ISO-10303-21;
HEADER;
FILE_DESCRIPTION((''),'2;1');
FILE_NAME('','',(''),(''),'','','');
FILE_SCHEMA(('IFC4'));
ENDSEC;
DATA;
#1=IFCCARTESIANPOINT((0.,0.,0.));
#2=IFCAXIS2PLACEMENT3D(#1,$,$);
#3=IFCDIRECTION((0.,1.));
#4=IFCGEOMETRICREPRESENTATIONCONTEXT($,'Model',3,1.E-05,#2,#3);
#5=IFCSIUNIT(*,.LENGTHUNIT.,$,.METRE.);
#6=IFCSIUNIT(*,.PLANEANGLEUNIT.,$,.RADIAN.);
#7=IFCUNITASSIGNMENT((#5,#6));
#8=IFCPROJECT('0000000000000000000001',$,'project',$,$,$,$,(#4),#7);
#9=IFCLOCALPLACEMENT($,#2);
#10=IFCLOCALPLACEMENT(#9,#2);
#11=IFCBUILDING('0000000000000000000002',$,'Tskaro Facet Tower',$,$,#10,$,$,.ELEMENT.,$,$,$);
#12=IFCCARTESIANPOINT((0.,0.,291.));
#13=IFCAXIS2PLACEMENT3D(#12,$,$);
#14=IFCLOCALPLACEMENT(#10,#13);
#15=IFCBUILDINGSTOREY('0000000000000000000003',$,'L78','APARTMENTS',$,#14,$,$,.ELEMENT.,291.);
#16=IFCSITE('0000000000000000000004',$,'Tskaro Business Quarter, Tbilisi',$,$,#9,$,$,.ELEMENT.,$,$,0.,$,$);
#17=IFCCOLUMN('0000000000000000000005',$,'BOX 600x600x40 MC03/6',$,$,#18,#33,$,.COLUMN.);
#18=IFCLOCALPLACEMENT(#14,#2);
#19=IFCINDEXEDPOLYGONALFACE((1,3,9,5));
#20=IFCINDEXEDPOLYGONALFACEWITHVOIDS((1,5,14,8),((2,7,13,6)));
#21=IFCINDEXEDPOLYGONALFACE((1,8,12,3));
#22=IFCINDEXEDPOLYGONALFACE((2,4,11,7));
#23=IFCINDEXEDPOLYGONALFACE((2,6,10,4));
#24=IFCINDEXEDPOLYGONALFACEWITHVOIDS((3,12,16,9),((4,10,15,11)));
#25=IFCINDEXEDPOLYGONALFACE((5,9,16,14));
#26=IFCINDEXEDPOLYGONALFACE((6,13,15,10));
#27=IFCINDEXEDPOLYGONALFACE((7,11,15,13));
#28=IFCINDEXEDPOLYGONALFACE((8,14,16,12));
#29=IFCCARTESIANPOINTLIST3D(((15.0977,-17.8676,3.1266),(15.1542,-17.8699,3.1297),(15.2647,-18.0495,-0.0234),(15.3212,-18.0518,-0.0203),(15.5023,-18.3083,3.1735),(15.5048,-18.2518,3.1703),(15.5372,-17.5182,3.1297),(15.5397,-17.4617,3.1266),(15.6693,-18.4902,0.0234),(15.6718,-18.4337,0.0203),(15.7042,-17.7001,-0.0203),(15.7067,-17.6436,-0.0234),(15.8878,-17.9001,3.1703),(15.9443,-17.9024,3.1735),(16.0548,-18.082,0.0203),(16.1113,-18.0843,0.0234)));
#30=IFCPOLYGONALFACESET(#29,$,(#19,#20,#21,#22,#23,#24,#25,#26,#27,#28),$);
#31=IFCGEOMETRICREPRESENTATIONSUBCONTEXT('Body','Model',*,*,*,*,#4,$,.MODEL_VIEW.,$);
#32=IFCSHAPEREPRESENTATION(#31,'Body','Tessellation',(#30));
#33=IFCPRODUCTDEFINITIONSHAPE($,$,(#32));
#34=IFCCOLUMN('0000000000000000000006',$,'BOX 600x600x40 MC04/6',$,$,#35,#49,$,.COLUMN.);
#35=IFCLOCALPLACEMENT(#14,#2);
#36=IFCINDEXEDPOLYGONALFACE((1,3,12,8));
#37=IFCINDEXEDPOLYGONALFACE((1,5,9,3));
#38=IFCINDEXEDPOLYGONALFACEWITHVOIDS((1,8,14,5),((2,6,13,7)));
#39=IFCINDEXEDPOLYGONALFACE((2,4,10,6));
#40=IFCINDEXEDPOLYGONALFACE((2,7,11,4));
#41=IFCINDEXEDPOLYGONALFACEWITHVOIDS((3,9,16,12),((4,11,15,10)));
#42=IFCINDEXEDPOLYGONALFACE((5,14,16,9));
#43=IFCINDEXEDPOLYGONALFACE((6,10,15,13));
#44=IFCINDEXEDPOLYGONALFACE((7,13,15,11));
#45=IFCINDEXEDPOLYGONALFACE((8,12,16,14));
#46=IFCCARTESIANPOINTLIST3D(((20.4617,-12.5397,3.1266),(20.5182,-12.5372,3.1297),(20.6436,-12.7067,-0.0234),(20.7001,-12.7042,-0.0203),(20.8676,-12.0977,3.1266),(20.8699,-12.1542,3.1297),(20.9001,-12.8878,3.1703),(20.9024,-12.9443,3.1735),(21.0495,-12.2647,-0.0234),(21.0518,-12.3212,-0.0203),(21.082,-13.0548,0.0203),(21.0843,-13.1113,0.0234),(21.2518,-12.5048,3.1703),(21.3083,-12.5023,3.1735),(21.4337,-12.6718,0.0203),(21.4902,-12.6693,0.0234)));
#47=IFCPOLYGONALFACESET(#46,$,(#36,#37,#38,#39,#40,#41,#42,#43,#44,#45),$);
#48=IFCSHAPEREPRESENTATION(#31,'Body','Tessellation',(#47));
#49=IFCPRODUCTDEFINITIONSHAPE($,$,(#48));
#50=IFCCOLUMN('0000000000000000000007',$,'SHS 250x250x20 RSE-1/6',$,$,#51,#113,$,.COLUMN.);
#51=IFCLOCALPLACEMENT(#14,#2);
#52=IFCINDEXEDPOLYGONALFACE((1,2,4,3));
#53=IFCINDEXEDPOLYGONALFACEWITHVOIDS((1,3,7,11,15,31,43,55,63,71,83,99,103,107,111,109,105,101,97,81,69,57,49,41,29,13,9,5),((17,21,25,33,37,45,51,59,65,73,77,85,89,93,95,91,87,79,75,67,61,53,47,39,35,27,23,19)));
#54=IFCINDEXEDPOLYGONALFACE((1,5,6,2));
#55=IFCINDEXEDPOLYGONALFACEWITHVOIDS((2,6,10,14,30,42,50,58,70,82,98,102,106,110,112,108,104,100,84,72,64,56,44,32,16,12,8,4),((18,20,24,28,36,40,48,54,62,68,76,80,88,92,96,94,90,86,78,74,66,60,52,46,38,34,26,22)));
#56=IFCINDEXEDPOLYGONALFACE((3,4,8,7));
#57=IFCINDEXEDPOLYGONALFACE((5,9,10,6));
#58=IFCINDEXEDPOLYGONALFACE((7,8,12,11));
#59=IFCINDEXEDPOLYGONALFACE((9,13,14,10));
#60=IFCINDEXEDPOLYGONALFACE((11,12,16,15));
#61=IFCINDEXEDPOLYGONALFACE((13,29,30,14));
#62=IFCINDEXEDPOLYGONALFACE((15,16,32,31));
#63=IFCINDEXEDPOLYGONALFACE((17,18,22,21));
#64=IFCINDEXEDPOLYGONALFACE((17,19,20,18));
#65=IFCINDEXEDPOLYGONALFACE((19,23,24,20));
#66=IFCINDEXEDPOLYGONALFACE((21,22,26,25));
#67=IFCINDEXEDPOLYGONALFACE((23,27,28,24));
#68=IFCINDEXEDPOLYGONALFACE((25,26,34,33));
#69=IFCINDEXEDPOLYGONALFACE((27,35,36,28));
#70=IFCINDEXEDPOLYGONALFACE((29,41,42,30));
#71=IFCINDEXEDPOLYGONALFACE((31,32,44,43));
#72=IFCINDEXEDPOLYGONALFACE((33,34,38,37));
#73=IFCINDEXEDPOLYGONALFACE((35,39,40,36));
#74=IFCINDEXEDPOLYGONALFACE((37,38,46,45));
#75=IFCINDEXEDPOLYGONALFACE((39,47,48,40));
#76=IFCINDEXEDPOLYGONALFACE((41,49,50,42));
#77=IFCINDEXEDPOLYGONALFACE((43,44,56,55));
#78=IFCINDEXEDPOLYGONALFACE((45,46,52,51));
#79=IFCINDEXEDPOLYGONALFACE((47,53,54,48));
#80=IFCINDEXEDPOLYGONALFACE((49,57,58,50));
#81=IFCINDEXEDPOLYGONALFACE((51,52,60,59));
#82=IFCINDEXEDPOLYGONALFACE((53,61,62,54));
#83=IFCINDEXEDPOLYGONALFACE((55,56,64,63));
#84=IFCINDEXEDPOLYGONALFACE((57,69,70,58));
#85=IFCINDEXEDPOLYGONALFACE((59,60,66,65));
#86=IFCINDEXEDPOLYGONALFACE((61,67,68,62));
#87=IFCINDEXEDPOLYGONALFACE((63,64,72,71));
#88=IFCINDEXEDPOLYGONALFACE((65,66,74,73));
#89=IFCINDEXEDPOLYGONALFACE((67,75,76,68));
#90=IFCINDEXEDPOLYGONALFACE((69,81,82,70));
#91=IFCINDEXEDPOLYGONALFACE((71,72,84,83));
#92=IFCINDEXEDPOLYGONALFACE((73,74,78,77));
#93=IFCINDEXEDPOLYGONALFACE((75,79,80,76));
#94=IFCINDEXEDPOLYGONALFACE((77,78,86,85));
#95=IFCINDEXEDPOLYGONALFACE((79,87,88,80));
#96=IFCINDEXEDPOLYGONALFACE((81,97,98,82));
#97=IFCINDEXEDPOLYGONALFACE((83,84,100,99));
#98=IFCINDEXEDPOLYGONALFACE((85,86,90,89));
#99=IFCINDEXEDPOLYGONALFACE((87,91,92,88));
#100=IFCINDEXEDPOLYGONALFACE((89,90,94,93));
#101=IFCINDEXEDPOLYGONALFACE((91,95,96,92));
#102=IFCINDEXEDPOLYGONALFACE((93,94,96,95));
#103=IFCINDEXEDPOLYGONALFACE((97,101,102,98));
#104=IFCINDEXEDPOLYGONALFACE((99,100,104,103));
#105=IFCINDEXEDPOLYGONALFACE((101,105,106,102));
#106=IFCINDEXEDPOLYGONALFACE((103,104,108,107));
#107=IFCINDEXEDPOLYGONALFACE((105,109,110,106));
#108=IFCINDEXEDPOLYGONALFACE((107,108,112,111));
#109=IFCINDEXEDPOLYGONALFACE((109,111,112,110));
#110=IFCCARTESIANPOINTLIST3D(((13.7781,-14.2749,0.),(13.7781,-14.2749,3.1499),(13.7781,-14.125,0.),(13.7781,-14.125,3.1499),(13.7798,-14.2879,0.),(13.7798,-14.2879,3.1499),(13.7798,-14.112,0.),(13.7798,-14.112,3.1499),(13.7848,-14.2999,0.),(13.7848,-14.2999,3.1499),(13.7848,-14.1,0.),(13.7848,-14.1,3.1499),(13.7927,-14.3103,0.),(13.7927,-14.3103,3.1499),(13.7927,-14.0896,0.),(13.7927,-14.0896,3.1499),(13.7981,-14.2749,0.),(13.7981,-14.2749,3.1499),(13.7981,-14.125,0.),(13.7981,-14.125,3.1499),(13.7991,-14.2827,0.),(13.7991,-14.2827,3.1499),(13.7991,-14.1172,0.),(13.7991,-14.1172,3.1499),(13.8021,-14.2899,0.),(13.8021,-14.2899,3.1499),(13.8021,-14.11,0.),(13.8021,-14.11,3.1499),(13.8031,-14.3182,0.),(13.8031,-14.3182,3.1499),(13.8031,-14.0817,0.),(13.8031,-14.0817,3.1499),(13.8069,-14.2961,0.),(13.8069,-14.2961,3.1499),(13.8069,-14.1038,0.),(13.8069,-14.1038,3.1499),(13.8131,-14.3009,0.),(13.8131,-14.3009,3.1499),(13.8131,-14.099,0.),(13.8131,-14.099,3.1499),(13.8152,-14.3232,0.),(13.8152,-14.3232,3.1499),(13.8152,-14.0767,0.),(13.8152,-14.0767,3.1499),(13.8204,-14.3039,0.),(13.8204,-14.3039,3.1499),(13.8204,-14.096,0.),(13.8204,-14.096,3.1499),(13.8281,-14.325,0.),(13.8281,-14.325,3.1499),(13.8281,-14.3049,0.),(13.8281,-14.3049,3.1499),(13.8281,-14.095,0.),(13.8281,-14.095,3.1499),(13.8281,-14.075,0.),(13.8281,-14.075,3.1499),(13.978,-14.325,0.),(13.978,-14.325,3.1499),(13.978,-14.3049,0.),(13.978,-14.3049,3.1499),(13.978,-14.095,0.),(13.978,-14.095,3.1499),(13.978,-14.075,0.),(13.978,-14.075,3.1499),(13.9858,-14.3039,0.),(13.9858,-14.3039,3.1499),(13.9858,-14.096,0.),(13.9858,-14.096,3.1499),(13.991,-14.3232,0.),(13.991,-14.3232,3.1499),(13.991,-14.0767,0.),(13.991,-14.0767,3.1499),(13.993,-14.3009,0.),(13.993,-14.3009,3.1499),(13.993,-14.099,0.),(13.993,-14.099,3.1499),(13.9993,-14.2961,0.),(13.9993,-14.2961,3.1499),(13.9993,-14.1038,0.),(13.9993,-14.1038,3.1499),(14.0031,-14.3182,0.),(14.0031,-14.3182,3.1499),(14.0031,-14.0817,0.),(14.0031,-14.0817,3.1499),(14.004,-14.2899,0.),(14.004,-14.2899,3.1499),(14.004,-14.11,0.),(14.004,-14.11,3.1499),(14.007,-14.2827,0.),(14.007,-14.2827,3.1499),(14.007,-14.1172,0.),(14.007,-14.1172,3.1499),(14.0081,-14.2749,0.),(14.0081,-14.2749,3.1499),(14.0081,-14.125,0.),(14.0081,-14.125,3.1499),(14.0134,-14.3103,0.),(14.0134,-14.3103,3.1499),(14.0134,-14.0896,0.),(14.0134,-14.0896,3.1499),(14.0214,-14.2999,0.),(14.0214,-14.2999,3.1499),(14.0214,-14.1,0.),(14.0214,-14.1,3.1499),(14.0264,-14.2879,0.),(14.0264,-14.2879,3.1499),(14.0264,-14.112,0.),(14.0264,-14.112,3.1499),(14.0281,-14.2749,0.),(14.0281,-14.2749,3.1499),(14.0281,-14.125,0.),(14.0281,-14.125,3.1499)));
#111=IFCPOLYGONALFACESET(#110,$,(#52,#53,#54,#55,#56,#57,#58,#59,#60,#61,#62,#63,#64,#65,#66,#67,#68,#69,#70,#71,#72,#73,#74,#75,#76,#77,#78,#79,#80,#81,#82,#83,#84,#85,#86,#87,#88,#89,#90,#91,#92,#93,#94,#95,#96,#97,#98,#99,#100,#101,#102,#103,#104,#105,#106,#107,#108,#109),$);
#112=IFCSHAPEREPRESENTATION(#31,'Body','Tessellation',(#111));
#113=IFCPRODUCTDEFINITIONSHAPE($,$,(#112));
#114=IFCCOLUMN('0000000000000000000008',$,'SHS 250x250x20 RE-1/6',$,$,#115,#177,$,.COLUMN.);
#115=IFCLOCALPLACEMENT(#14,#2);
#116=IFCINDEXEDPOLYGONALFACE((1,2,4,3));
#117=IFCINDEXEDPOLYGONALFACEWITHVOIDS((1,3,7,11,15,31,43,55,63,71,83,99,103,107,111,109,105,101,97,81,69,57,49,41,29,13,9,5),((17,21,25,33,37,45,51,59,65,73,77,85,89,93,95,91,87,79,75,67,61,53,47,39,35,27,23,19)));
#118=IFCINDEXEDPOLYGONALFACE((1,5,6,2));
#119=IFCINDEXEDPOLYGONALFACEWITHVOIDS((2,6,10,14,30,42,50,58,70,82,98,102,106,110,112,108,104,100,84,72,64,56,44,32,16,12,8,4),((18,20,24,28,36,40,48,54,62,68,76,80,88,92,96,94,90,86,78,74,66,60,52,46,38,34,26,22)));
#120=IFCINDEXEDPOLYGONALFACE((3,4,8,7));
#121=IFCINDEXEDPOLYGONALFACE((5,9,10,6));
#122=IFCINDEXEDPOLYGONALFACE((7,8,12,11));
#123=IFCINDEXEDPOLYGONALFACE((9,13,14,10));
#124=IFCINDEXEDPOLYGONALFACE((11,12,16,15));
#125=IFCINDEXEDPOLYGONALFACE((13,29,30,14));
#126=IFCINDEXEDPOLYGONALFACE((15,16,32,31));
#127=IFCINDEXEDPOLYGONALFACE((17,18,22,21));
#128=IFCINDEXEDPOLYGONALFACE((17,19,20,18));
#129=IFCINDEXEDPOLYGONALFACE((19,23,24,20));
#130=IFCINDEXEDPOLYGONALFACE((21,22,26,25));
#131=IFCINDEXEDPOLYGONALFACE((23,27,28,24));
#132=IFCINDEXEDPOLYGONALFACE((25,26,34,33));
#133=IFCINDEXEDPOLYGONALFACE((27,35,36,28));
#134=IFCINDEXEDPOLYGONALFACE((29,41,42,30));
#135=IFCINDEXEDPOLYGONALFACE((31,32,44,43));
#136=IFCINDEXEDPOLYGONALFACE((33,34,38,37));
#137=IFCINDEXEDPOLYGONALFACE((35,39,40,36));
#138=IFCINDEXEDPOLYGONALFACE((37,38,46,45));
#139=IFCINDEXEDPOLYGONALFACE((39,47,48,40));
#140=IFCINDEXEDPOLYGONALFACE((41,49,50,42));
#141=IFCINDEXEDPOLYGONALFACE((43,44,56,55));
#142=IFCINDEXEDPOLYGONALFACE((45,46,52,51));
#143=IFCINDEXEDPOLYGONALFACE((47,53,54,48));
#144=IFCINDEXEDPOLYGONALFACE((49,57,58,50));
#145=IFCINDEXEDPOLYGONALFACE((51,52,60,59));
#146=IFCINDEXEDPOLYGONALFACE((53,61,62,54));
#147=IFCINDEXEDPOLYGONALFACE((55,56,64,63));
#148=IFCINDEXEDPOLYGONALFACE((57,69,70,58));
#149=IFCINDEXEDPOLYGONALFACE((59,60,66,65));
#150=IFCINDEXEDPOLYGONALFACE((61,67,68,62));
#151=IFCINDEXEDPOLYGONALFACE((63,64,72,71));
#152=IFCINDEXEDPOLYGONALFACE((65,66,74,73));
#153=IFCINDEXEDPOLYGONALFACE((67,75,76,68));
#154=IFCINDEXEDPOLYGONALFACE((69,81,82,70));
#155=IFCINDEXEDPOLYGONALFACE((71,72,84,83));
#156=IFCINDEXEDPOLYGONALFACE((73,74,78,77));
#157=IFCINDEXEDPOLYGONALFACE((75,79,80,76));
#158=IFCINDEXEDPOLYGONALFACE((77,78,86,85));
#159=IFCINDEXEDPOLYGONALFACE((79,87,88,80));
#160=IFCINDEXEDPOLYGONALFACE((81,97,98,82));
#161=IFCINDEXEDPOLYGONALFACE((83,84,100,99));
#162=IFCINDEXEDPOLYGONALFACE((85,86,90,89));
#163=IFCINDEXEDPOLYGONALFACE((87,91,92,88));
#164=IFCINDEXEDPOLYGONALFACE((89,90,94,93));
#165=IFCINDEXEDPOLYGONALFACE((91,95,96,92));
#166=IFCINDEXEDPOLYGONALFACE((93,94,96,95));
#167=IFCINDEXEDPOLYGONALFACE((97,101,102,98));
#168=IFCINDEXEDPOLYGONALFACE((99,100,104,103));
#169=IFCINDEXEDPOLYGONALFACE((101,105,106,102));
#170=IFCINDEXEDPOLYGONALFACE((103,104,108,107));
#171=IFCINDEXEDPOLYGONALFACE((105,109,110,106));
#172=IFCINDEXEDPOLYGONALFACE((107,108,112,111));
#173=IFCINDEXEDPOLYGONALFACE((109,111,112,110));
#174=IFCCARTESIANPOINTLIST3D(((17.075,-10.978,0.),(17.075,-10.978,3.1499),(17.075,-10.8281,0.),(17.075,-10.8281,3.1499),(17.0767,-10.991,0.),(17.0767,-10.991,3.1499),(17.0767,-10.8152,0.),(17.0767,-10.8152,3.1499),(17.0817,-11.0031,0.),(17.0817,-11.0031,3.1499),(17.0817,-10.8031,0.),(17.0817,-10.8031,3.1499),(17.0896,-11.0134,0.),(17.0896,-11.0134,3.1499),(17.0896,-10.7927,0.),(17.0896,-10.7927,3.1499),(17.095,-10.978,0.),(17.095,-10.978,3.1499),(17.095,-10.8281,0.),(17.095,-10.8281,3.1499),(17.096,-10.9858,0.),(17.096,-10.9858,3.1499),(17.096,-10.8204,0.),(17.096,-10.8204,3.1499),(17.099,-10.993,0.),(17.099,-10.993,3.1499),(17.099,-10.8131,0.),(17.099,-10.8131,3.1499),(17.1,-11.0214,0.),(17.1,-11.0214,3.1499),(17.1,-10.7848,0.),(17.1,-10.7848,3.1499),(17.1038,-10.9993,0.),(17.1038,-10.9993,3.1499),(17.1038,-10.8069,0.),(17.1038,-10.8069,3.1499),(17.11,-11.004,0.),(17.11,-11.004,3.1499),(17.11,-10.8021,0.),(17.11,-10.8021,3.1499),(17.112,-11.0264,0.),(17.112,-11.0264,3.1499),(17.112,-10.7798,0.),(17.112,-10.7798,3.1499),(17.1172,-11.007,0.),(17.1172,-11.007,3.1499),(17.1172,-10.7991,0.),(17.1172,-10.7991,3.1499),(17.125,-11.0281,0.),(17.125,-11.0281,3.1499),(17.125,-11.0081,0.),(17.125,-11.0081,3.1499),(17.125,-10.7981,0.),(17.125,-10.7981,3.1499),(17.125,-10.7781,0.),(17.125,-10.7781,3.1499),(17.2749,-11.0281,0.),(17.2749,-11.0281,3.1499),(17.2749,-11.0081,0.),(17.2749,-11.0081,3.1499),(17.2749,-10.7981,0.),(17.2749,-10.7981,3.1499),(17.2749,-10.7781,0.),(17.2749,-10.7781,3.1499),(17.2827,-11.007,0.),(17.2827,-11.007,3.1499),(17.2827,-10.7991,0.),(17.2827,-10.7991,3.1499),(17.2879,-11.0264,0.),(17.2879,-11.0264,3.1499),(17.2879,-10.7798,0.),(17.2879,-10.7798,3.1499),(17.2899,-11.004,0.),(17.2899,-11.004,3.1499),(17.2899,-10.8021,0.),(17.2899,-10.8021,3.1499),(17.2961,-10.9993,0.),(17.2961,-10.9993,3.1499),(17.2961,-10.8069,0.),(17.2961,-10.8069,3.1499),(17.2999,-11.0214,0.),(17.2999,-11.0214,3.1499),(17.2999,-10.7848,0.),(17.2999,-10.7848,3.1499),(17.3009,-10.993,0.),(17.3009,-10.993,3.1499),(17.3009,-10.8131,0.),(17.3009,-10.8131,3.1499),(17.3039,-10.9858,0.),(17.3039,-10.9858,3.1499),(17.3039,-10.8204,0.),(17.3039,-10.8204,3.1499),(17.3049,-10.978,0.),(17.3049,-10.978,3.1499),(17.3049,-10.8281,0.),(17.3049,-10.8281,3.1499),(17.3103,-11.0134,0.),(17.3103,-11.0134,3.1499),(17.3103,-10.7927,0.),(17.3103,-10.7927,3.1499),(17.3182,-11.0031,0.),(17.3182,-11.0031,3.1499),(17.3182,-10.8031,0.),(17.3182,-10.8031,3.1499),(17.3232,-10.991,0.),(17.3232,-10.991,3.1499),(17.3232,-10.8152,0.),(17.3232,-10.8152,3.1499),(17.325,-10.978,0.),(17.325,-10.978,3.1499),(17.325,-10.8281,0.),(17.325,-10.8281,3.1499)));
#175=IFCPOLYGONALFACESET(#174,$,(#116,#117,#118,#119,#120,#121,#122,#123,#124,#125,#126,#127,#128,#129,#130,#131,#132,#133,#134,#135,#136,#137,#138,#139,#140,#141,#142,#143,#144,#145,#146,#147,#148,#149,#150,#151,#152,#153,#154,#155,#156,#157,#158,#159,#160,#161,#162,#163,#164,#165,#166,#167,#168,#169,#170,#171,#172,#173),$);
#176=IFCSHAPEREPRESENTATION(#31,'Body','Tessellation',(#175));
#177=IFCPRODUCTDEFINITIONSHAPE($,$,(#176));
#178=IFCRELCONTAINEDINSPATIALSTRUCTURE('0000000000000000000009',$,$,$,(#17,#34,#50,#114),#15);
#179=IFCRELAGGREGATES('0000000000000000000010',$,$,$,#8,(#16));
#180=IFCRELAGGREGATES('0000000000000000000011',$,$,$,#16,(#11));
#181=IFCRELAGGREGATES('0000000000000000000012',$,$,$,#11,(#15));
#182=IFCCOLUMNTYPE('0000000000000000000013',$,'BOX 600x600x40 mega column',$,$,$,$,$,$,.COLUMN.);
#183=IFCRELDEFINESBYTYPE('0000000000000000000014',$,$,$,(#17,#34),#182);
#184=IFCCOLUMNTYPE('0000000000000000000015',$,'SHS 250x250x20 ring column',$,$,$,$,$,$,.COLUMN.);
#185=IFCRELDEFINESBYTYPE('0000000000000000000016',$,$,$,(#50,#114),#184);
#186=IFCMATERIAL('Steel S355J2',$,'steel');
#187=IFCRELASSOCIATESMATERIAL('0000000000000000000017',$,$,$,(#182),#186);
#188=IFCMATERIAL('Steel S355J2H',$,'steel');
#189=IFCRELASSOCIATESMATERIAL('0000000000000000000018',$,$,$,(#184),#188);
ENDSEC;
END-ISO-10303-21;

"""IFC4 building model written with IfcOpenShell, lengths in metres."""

from ifc_helpers import new_model, si_unit, direction, frame, origin, origin_2d, place, context, subcontext, project, spatial, hollow_rectangle, extrude, material, material_profile, profile_set, type_object, element, save


model = new_model("IFC4")

# Units and contexts
model_context = context("Model", 3, precision=1e-05, world=origin(), true_north=direction((0.0, 1.0)))
body_context = subcontext(model_context, "Body", "Model", "MODEL_VIEW")
ifc_project = project(units=[si_unit("LENGTHUNIT", "METRE"), si_unit("PLANEANGLEUNIT", "RADIAN")], contexts=[model_context])

# Site, building, storey
site_placement = place(None, origin())
site = spatial("IfcSite", under=ifc_project, at=site_placement, Name="Tskaro Business Quarter, Tbilisi", CompositionType="ELEMENT", RefElevation=0.0)
building_placement = place(site_placement, origin())
building = spatial("IfcBuilding", under=site, at=building_placement, Name="Tskaro Facet Tower", CompositionType="ELEMENT")
storey_placement = place(building_placement, frame((0.0, 0.0, 291.0)))
storey = spatial("IfcBuildingStorey", under=building, at=storey_placement, Name="L78", Description="APARTMENTS", CompositionType="ELEMENT", Elevation=291.0)

# Columns
ifc_material_1 = material(Name="Steel S355J2", Category="steel")
ifc_material_profile_1 = material_profile(ifc_material_1, hollow_rectangle(XDim=0.6001, YDim=0.6001, WallThickness=0.04, at=origin_2d()), Name="BOX 600x600x40")
ifc_profile_set_1 = profile_set([ifc_material_profile_1], Name="Steel S355J2")
column_type_1 = type_object("IfcColumnType", Name="BOX 600x600x40 mega column", PredefinedType="COLUMN", material=ifc_profile_set_1)
for number, where, z_axis, x_axis, name in (
    (1, (15.688, -18.0669, 0.0), (-0.052853, 0.057566, 0.996942), (-0.73662, -0.676306, 0.0), "BOX 600x600x40 MC03/6"),
    (2, (21.0669, -12.688, 0.0), (-0.057566, 0.052853, 0.996942), (-0.676306, -0.73662, 0.0), "BOX 600x600x40 MC04/6"),
):
    element("IfcColumn", number, at=place(storey_placement, frame(where, z_axis=z_axis, x_axis=x_axis)), inside=storey, type_object=column_type_1, Name=name, PredefinedType="COLUMN", context=body_context, shape_type="SweptSolid", body=[
        extrude(hollow_rectangle(XDim=0.6001, YDim=0.6001, WallThickness=0.04, at=origin_2d()), origin(), (0.0, 0.0, 1.0), 3.1597),
    ])
ifc_material_2 = material(Name="Steel S355J2H", Category="steel")
ifc_material_profile_2 = material_profile(ifc_material_2, hollow_rectangle(XDim=0.25, YDim=0.25, WallThickness=0.02, InnerFilletRadius=0.03, OuterFilletRadius=0.05, at=origin_2d()), Name="SHS 250x250x20")
ifc_profile_set_2 = profile_set([ifc_material_profile_2], Name="Steel S355J2H")
column_type_2 = type_object("IfcColumnType", Name="SHS 250x250x20 ring column", PredefinedType="COLUMN", material=ifc_profile_set_2)
for number, where, z_axis, x_axis, name in (
    (3, (13.9031, -14.2, 0.0), (0.0, 0.0, 1.0), (1.0, 0.0, 0.0), "SHS 250x250x20 RSE-1/6"),
    (4, (17.2, -10.9031, 0.0), (0.0, 0.0, 1.0), (1.0, 0.0, 0.0), "SHS 250x250x20 RE-1/6"),
):
    element("IfcColumn", number, at=place(storey_placement, frame(where, z_axis=z_axis, x_axis=x_axis)), inside=storey, type_object=column_type_2, Name=name, PredefinedType="COLUMN", context=body_context, shape_type="SweptSolid", body=[
        extrude(hollow_rectangle(XDim=0.25, YDim=0.25, WallThickness=0.02, InnerFilletRadius=0.03, OuterFilletRadius=0.05, at=origin_2d()), origin(), (0.0, 0.0, 1.0), 3.1499),
    ])

save(model, "model.ifc")
